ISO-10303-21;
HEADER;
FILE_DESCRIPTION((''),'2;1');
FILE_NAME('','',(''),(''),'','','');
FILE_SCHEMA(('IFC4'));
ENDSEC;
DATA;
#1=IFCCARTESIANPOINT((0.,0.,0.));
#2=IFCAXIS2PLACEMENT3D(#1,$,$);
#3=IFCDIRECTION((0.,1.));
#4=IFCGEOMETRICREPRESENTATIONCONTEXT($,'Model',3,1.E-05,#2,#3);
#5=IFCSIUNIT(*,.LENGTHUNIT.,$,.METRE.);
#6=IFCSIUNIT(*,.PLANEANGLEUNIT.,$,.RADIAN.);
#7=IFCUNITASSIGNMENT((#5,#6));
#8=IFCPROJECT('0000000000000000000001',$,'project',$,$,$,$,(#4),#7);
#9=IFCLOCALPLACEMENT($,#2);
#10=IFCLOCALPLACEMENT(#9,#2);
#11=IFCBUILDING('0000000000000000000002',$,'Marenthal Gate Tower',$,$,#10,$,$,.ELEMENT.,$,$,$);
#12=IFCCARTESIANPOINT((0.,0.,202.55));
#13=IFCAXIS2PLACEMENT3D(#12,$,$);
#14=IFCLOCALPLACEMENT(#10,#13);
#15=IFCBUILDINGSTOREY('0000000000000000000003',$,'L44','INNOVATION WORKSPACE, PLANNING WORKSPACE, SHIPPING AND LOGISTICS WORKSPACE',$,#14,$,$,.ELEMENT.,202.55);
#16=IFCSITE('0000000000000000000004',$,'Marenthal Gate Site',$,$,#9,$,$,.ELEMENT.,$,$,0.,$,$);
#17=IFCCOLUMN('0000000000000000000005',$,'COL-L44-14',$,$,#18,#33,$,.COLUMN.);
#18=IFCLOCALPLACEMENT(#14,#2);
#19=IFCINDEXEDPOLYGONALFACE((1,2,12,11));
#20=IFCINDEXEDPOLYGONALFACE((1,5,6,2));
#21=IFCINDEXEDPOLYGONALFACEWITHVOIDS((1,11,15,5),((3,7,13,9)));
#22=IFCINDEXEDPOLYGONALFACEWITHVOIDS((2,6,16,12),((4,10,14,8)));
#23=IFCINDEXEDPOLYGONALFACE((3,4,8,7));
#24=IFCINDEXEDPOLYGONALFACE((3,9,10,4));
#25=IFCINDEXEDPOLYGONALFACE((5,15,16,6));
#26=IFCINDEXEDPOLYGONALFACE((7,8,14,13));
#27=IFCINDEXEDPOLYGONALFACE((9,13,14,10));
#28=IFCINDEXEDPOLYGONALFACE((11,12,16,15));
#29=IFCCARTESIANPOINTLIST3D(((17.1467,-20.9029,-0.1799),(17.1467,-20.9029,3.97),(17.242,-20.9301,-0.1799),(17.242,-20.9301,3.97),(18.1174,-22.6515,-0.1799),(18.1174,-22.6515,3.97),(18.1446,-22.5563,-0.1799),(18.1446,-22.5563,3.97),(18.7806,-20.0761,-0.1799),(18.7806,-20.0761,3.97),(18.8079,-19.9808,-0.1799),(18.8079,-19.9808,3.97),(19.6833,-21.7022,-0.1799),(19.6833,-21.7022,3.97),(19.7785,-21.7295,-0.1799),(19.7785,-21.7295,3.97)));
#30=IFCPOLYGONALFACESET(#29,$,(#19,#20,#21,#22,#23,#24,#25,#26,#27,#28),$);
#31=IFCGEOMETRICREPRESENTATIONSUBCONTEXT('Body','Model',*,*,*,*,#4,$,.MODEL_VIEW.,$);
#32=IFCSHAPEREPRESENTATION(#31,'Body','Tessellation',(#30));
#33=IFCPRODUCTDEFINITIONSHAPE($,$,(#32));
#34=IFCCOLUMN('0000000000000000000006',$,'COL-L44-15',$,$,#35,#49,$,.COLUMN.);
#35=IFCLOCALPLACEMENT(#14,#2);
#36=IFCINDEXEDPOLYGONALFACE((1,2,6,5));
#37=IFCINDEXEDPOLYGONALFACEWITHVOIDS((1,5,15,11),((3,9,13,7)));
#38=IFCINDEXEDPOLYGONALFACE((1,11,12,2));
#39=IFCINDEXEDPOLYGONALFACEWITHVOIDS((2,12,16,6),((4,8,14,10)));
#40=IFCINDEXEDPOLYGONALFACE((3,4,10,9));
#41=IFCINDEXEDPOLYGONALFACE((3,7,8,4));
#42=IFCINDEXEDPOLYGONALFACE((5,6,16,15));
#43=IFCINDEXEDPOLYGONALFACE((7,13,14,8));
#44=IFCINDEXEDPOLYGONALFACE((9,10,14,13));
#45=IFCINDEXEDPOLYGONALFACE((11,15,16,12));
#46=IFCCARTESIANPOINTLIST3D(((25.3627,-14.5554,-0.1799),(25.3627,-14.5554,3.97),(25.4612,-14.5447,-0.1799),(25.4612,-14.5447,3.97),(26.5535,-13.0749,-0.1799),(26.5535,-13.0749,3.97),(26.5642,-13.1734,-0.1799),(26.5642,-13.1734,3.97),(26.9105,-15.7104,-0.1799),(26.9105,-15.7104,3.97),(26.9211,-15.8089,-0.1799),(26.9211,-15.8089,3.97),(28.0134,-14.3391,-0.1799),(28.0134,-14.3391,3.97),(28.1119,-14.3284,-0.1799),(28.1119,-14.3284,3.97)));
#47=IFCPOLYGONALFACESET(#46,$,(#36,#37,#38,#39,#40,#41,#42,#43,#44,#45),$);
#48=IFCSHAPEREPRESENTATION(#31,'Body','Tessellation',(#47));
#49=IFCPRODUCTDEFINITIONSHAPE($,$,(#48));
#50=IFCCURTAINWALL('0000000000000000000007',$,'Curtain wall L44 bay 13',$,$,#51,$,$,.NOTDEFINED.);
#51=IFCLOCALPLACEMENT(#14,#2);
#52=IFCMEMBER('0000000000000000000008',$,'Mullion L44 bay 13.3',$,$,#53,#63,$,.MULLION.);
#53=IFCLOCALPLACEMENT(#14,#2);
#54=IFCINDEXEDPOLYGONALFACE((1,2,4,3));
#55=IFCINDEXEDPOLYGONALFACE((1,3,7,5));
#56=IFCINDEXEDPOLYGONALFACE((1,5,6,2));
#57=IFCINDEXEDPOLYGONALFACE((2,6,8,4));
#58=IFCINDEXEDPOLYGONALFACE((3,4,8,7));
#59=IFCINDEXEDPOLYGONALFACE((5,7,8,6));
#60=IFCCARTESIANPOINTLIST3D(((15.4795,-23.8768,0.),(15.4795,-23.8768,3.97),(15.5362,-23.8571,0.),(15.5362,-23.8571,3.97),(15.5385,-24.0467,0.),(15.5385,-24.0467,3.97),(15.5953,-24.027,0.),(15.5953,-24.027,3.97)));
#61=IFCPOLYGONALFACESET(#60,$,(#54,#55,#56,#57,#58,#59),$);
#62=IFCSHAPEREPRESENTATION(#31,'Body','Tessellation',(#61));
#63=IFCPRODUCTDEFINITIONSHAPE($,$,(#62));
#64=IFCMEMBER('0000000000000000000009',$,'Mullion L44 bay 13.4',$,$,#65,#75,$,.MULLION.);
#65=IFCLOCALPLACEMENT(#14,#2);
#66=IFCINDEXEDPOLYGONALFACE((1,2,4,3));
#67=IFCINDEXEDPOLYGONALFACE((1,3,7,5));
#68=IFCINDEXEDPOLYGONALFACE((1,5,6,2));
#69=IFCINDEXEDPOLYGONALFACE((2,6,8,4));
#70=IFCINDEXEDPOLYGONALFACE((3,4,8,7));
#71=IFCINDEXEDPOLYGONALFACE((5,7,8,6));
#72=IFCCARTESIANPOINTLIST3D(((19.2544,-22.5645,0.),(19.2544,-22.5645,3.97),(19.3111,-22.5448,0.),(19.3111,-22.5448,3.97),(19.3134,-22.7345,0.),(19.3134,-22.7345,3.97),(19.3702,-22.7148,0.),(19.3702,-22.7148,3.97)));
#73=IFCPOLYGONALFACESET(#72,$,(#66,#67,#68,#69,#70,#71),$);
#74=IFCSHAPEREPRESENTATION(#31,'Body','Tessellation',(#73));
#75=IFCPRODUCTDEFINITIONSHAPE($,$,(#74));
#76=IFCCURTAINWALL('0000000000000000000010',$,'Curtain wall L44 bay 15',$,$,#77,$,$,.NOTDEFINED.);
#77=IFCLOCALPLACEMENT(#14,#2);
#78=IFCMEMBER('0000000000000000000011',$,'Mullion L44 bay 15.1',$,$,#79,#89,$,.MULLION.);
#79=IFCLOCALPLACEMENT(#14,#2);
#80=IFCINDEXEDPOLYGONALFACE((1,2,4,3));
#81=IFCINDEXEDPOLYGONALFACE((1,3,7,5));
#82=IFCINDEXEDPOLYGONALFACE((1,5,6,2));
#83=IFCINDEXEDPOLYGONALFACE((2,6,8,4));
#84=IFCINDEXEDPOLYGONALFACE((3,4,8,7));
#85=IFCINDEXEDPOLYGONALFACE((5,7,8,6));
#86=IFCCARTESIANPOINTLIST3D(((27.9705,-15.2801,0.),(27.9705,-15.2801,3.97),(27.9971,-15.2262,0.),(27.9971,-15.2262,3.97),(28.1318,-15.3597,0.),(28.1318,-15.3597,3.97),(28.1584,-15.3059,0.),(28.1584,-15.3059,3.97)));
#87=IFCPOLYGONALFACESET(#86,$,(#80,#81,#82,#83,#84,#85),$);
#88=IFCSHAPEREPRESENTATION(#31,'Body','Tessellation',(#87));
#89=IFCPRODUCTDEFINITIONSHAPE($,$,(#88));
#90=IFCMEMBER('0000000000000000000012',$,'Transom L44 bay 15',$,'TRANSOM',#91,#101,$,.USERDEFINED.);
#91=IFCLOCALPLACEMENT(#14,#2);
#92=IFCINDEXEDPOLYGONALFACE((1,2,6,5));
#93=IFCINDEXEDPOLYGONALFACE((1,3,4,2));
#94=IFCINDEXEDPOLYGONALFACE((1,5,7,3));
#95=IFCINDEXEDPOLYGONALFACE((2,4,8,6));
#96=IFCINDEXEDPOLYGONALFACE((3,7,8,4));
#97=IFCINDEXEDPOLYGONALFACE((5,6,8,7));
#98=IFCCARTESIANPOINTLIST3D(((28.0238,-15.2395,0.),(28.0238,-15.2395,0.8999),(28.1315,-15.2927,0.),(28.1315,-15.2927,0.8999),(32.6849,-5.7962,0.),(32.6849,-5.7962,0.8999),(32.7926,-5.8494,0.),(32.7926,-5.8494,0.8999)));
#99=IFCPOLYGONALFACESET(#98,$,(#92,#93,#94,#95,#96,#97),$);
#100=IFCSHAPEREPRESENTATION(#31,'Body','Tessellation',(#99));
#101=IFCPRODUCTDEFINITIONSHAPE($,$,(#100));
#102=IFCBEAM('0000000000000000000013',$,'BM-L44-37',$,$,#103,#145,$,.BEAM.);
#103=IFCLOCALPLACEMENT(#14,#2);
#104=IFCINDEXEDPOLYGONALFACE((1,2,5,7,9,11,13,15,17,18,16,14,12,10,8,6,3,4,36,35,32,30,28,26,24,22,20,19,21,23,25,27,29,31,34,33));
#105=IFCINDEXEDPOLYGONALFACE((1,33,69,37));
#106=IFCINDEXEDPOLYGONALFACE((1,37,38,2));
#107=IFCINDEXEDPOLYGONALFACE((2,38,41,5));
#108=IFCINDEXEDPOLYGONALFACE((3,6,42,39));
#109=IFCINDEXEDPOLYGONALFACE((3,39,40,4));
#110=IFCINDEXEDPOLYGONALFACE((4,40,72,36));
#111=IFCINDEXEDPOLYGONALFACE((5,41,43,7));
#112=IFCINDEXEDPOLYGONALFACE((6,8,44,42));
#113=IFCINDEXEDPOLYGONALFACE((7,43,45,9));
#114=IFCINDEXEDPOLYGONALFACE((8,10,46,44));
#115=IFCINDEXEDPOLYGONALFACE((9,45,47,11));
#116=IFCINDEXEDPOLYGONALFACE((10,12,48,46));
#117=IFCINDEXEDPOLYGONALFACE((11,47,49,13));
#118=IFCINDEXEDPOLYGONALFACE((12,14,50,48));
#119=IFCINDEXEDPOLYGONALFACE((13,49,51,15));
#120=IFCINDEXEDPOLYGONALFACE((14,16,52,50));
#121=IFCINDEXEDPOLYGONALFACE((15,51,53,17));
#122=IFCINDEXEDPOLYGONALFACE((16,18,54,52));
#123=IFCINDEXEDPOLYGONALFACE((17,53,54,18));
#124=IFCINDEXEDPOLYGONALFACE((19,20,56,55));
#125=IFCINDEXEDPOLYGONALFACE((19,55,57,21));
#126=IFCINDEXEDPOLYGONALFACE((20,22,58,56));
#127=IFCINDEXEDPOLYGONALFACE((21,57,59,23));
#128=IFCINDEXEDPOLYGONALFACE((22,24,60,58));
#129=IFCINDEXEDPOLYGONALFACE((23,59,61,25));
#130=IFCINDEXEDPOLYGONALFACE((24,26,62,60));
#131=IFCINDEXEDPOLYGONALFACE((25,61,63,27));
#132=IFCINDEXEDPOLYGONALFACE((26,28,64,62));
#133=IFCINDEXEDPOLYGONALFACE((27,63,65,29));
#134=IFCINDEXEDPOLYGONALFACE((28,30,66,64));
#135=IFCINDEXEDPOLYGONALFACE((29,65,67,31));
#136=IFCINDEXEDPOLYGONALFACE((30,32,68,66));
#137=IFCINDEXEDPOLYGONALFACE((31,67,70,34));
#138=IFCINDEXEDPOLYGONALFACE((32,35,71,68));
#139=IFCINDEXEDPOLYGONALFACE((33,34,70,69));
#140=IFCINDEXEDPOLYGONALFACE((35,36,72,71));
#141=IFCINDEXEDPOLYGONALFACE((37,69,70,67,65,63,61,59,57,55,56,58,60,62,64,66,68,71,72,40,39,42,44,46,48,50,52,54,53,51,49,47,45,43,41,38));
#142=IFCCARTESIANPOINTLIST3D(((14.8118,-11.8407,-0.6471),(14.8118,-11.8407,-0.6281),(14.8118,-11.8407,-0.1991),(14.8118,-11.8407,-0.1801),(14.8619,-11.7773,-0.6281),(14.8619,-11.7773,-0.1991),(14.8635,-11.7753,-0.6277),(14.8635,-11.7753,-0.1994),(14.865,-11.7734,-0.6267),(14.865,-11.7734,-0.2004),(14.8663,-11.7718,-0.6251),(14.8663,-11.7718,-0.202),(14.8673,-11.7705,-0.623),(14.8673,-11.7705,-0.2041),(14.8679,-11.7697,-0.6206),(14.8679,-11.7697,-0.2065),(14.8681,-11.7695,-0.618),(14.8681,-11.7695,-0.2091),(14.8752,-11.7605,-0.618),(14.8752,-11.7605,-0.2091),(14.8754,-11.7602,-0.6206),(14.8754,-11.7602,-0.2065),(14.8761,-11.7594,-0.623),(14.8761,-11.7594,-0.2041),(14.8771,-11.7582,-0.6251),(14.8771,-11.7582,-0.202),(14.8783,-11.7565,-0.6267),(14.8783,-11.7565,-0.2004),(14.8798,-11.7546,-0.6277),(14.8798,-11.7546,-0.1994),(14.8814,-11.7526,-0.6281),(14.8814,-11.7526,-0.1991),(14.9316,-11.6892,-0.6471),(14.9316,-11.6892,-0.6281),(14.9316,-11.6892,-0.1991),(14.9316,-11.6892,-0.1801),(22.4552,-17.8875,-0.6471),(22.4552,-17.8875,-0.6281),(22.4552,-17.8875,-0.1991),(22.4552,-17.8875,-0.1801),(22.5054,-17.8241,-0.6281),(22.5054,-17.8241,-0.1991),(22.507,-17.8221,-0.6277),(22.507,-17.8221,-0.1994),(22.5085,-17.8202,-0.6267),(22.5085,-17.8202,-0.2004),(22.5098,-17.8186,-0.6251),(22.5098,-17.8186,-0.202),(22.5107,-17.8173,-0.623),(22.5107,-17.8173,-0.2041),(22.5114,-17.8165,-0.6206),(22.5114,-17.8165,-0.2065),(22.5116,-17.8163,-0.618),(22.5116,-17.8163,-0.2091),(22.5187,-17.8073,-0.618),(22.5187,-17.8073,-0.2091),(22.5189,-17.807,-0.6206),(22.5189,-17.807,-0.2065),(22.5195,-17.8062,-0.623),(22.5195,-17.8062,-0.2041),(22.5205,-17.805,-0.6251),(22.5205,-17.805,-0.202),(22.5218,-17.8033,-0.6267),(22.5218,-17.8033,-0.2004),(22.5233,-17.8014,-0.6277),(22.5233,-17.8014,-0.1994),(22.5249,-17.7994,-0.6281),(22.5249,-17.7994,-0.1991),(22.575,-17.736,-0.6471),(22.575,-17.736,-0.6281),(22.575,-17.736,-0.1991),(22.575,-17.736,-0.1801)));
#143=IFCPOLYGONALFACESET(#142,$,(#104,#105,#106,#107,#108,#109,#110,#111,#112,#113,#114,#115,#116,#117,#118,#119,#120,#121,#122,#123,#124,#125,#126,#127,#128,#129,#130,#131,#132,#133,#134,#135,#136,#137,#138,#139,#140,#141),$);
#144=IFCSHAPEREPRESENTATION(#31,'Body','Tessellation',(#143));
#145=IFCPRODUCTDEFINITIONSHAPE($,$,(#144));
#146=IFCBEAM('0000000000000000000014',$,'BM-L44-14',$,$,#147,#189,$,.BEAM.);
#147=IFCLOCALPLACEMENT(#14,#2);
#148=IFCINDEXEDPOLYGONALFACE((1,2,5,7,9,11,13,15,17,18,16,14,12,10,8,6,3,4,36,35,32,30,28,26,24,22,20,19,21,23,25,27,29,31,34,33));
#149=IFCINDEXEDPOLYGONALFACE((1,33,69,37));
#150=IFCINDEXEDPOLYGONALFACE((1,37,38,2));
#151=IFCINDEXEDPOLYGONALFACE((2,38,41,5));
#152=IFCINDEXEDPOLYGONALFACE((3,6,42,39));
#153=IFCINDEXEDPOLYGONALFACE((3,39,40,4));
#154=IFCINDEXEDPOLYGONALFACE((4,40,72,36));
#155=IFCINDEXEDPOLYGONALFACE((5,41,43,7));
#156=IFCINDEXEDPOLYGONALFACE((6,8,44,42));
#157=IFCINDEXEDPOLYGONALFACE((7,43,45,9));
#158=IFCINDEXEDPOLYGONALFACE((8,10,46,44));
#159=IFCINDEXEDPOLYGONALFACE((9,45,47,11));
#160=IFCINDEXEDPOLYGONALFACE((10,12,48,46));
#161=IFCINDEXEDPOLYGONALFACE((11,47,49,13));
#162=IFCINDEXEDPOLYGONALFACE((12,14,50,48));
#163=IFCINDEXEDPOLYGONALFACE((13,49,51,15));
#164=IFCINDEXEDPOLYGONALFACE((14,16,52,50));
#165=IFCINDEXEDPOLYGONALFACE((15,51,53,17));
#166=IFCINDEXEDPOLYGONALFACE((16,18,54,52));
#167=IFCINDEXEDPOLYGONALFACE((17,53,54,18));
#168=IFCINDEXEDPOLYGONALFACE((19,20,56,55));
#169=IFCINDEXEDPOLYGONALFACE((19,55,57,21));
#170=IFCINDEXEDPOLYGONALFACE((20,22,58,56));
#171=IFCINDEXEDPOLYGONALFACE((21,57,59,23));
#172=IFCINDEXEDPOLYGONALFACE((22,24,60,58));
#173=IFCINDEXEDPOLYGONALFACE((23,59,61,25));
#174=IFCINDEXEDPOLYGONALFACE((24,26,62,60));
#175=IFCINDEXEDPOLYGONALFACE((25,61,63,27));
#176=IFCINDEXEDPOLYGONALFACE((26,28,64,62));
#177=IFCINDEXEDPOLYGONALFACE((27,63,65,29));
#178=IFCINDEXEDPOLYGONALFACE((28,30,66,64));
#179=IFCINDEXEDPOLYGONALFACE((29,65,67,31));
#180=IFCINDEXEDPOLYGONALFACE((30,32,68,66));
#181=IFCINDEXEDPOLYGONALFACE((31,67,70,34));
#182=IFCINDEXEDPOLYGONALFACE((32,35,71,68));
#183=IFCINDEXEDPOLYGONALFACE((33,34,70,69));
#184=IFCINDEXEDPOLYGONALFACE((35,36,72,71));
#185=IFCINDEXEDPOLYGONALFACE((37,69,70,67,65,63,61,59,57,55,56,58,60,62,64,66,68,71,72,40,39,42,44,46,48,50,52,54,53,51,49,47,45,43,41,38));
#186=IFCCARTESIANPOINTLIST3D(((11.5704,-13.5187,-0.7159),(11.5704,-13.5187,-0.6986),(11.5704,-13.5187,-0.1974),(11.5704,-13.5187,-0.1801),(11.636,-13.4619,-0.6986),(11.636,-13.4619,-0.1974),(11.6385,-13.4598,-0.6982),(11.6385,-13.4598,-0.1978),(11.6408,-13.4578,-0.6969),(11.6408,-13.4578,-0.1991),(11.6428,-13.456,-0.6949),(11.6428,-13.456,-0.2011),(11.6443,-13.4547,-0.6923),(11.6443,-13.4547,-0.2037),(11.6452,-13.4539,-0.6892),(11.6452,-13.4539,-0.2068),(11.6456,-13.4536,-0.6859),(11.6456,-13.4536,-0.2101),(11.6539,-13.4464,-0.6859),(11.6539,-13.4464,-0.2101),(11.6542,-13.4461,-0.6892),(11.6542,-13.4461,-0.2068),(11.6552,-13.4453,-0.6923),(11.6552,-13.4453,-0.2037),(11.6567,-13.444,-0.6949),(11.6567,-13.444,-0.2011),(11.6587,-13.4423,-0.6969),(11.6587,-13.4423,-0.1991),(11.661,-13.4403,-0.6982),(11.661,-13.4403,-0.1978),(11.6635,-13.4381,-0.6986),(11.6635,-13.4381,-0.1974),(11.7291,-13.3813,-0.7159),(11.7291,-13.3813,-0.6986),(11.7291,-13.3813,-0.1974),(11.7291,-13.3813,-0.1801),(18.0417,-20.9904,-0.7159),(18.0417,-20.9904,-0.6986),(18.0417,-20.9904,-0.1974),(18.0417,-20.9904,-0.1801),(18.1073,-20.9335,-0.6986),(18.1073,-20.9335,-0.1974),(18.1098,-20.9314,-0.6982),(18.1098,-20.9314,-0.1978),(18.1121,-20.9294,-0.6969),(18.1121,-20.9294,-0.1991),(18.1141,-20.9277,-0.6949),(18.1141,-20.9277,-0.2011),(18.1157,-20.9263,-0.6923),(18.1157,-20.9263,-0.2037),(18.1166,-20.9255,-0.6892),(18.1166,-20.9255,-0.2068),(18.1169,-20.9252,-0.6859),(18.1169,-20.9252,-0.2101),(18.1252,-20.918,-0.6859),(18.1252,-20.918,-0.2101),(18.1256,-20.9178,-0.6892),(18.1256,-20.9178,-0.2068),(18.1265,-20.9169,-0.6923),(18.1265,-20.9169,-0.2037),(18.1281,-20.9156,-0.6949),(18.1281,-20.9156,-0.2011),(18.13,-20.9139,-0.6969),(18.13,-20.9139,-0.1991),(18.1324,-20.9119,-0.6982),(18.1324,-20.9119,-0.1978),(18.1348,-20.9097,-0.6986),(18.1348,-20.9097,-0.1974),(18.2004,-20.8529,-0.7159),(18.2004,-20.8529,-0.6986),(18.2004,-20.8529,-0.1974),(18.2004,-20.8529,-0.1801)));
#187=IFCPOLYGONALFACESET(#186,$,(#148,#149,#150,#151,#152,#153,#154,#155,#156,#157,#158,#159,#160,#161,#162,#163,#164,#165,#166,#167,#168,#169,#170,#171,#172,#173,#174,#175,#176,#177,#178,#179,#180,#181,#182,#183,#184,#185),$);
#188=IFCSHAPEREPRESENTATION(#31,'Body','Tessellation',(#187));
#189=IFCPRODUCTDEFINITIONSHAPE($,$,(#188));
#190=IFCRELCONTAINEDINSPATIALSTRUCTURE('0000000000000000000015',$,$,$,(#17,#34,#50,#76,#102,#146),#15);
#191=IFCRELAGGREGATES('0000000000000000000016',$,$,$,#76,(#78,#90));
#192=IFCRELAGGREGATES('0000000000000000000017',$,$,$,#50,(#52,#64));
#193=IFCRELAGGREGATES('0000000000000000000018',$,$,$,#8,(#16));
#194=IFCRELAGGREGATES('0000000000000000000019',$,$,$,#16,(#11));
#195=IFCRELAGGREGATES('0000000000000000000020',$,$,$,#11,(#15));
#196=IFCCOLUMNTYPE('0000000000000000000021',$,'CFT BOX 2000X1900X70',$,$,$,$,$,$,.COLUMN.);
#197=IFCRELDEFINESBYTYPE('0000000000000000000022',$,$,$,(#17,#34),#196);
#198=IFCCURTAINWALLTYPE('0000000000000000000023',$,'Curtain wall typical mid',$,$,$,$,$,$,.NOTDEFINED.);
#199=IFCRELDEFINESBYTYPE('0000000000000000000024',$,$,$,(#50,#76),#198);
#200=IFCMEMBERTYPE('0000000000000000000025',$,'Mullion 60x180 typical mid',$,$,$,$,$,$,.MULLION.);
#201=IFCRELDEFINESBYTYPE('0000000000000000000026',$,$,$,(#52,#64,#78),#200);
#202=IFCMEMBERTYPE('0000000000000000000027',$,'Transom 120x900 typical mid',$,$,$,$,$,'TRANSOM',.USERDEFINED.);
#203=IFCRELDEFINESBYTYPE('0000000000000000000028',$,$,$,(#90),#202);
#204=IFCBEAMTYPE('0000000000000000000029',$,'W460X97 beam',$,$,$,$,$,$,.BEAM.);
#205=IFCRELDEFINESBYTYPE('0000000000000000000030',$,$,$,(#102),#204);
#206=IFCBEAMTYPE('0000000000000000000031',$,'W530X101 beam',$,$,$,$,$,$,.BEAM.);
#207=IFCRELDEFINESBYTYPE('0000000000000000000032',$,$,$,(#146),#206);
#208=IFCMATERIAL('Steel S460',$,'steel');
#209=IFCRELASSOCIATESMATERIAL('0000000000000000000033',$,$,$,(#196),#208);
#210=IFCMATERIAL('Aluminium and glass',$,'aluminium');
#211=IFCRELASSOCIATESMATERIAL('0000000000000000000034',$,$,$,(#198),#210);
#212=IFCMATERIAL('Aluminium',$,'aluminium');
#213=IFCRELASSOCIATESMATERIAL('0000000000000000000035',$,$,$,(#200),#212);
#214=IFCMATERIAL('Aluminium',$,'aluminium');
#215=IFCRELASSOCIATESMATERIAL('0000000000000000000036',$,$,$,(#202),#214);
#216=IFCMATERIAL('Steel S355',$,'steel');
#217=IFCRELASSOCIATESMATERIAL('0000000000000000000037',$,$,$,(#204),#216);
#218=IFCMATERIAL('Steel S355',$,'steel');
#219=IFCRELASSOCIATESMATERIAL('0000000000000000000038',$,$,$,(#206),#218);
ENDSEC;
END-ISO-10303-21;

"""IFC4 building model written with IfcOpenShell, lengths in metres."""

from ifc_helpers import new_model, si_unit, direction, frame, origin, origin_2d, place, context, subcontext, project, spatial, rectangle, hollow_rectangle, i_section, extrude, material, material_profile, profile_set, type_object, element, aggregate, save


model = new_model("IFC4")

# Units and contexts
model_context = context("Model", 3, precision=1e-05, world=origin(), true_north=direction((0.0, 1.0)))
body_context = subcontext(model_context, "Body", "Model", "MODEL_VIEW")
ifc_project = project(units=[si_unit("LENGTHUNIT", "METRE"), si_unit("PLANEANGLEUNIT", "RADIAN")], contexts=[model_context])

# Site, building, storey
site_placement = place(None, origin())
site = spatial("IfcSite", under=ifc_project, at=site_placement, Name="Marenthal Gate Site", CompositionType="ELEMENT", RefElevation=0.0)
building_placement = place(site_placement, origin())
building = spatial("IfcBuilding", under=site, at=building_placement, Name="Marenthal Gate Tower", CompositionType="ELEMENT")
storey_placement = place(building_placement, frame((0.0, 0.0, 202.55)))
storey = spatial("IfcBuildingStorey", under=building, at=storey_placement, Name="L44", Description="INNOVATION WORKSPACE, PLANNING WORKSPACE, SHIPPING AND LOGISTICS WORKSPACE", CompositionType="ELEMENT", Elevation=202.55)

# Columns
ifc_material_1 = material(Name="Steel S460", Category="steel")
ifc_material_profile_1 = material_profile(ifc_material_1, hollow_rectangle(XDim=1.8999, YDim=2.0, WallThickness=0.0701, at=origin_2d()), Name="CFT BOX 2000X1900X70")
ifc_material_2 = material(Name="Concrete 70 MPa", Category="concrete")
ifc_material_profile_2 = material_profile(ifc_material_2, rectangle(XDim=1.76, YDim=1.8601, at=origin_2d()), Name="CFT BOX 2000X1900X70 INFILL")
ifc_profile_set_1 = profile_set([ifc_material_profile_1, ifc_material_profile_2], Name="Steel S460 shell, Concrete 70 MPa infill")
column_type = type_object("IfcColumnType", Name="CFT BOX 2000X1900X70", PredefinedType="COLUMN", material=ifc_profile_set_1)
for number, where, z_axis, x_axis, name in (
    (1, (18.4626, -21.3162, -0.1799), (0.0, 0.0, 1.0), (-0.874337, -0.485319, 0.0), "COL-L44-14"),
    (2, (26.7373, -14.4419, -0.1799), (0.0, 0.0, 1.0), (-0.626752, -0.779219, 0.0), "COL-L44-15"),
):
    element("IfcColumn", number, at=place(storey_placement, frame(where, z_axis=z_axis, x_axis=x_axis)), inside=storey, type_object=column_type, Name=name, PredefinedType="COLUMN", context=body_context, shape_type="SweptSolid", body=[
        extrude(hollow_rectangle(XDim=1.8999, YDim=2.0, WallThickness=0.0701, at=origin_2d()), origin(), (0.0, 0.0, 1.0), 4.1499),
    ])

# Curtain walls, members
ifc_material_3 = material(Name="Aluminium and glass", Category="aluminium")
curtain_wall_type = type_object("IfcCurtainWallType", Name="Curtain wall typical mid", PredefinedType="NOTDEFINED", material=ifc_material_3)
curtain_wall_1_placement = place(storey_placement, origin())
curtain_wall_1 = element("IfcCurtainWall", 3, at=curtain_wall_1_placement, inside=storey, type_object=curtain_wall_type, Name="Curtain wall L44 bay 13", PredefinedType="NOTDEFINED")
ifc_material_4 = material(Name="Aluminium", Category="aluminium")
ifc_material_profile_3 = material_profile(ifc_material_4, rectangle(XDim=0.1799, YDim=0.0601, at=origin_2d()), Name="60x180 aluminium mullion")
ifc_profile_set_2 = profile_set([ifc_material_profile_3], Name="Aluminium")
member_type_1 = type_object("IfcMemberType", Name="Mullion 60x180 typical mid", PredefinedType="MULLION", material=ifc_profile_set_2)
member_1_placement = place(storey_placement, frame((15.5374, -23.9519, 0.0), z_axis=(0.0, 0.0, 1.0), x_axis=(-0.328332, 0.944562, 0.0)))
member_1 = element("IfcMember", 4, at=member_1_placement, type_object=member_type_1, Name="Mullion L44 bay 13.3", PredefinedType="MULLION", context=body_context, shape_type="SweptSolid", body=[
    extrude(rectangle(XDim=0.1799, YDim=0.0601, at=origin_2d()), origin(), (0.0, 0.0, 1.0), 3.97),
])
member_2_placement = place(storey_placement, frame((19.3123, -22.6396, 0.0), z_axis=(0.0, 0.0, 1.0), x_axis=(-0.328332, 0.944562, 0.0)))
member_2 = element("IfcMember", 5, at=member_2_placement, type_object=member_type_1, Name="Mullion L44 bay 13.4", PredefinedType="MULLION", context=body_context, shape_type="SweptSolid", body=[
    extrude(rectangle(XDim=0.1799, YDim=0.0601, at=origin_2d()), origin(), (0.0, 0.0, 1.0), 3.97),
])
curtain_wall_2_placement = place(storey_placement, origin())
curtain_wall_2 = element("IfcCurtainWall", 6, at=curtain_wall_2_placement, inside=storey, type_object=curtain_wall_type, Name="Curtain wall L44 bay 15", PredefinedType="NOTDEFINED")
member_3_placement = place(storey_placement, frame((28.0645, -15.293, 0.0), z_axis=(0.0, 0.0, 1.0), x_axis=(-0.896716, 0.442607, 0.0)))
member_3 = element("IfcMember", 7, at=member_3_placement, type_object=member_type_1, Name="Mullion L44 bay 15.1", PredefinedType="MULLION", context=body_context, shape_type="SweptSolid", body=[
    extrude(rectangle(XDim=0.1799, YDim=0.0601, at=origin_2d()), origin(), (0.0, 0.0, 1.0), 3.97),
])
ifc_material_5 = material(Name="Aluminium", Category="aluminium")
ifc_material_profile_4 = material_profile(ifc_material_5, rectangle(XDim=0.1201, YDim=0.8999, at=origin_2d()), Name="120x900 aluminium transom")
ifc_profile_set_3 = profile_set([ifc_material_profile_4], Name="Aluminium")
member_type_2 = type_object("IfcMemberType", Name="Transom 120x900 typical mid", ElementType="TRANSOM", PredefinedType="USERDEFINED", material=ifc_profile_set_3)
member_4_placement = place(storey_placement, frame((28.0776, -15.2661, 0.45), z_axis=(0.442608, 0.896715, 0.0), x_axis=(-0.896715, 0.442608, 0.0)))
member_4 = element("IfcMember", 8, at=member_4_placement, type_object=member_type_2, Name="Transom L44 bay 15", ObjectType="TRANSOM", PredefinedType="USERDEFINED", context=body_context, shape_type="SweptSolid", body=[
    extrude(rectangle(XDim=0.1201, YDim=0.8999, at=origin_2d()), origin(), (0.0, 0.0, 1.0), 10.531),
])
aggregate(curtain_wall_2, [member_3, member_4])

# Beams
ifc_material_6 = material(Name="Steel S355", Category="steel")
ifc_material_profile_5 = material_profile(ifc_material_6, i_section(OverallWidth=0.1931, OverallDepth=0.467, WebThickness=0.0115, FlangeThickness=0.019, FilletRadius=0.01, at=origin_2d()), Name="W460X97")
ifc_profile_set_4 = profile_set([ifc_material_profile_5], Name="Steel S355")
beam_type_1 = type_object("IfcBeamType", Name="W460X97 beam", PredefinedType="BEAM", material=ifc_profile_set_4)
beam_1_placement = place(storey_placement, frame((22.5151, -17.8118, -0.4136), z_axis=(-0.784259, 0.620433, 0.0), x_axis=(-0.620433, -0.784259, 0.0)))
element("IfcBeam", 9, at=beam_1_placement, inside=storey, type_object=beam_type_1, Name="BM-L44-37", PredefinedType="BEAM", context=body_context, shape_type="SweptSolid", body=[
    extrude(i_section(OverallWidth=0.1931, OverallDepth=0.467, WebThickness=0.0115, FlangeThickness=0.019, FilletRadius=0.01, at=origin_2d()), origin(), (0.0, 0.0, 1.0), 9.7461),
])
ifc_material_7 = material(Name="Steel S355", Category="steel")
ifc_material_profile_6 = material_profile(ifc_material_7, i_section(OverallWidth=0.21, OverallDepth=0.5359, WebThickness=0.011, FlangeThickness=0.0173, FilletRadius=0.0127, at=origin_2d()), Name="W530X101")
ifc_profile_set_5 = profile_set([ifc_material_profile_6], Name="Steel S355")
beam_type_2 = type_object("IfcBeamType", Name="W530X101 beam", PredefinedType="BEAM", material=ifc_profile_set_5)
beam_2_placement = place(storey_placement, frame((18.1211, -20.9216, -0.448), z_axis=(-0.654698, 0.75589, 0.0), x_axis=(-0.75589, -0.654698, 0.0)))
element("IfcBeam", 10, at=beam_2_placement, inside=storey, type_object=beam_type_2, Name="BM-L44-14", PredefinedType="BEAM", context=body_context, shape_type="SweptSolid", body=[
    extrude(i_section(OverallWidth=0.21, OverallDepth=0.5359, WebThickness=0.011, FlangeThickness=0.0173, FilletRadius=0.0127, at=origin_2d()), origin(), (0.0, 0.0, 1.0), 9.8845),
])

aggregate(curtain_wall_1, [member_1, member_2])

save(model, "model.ifc")
